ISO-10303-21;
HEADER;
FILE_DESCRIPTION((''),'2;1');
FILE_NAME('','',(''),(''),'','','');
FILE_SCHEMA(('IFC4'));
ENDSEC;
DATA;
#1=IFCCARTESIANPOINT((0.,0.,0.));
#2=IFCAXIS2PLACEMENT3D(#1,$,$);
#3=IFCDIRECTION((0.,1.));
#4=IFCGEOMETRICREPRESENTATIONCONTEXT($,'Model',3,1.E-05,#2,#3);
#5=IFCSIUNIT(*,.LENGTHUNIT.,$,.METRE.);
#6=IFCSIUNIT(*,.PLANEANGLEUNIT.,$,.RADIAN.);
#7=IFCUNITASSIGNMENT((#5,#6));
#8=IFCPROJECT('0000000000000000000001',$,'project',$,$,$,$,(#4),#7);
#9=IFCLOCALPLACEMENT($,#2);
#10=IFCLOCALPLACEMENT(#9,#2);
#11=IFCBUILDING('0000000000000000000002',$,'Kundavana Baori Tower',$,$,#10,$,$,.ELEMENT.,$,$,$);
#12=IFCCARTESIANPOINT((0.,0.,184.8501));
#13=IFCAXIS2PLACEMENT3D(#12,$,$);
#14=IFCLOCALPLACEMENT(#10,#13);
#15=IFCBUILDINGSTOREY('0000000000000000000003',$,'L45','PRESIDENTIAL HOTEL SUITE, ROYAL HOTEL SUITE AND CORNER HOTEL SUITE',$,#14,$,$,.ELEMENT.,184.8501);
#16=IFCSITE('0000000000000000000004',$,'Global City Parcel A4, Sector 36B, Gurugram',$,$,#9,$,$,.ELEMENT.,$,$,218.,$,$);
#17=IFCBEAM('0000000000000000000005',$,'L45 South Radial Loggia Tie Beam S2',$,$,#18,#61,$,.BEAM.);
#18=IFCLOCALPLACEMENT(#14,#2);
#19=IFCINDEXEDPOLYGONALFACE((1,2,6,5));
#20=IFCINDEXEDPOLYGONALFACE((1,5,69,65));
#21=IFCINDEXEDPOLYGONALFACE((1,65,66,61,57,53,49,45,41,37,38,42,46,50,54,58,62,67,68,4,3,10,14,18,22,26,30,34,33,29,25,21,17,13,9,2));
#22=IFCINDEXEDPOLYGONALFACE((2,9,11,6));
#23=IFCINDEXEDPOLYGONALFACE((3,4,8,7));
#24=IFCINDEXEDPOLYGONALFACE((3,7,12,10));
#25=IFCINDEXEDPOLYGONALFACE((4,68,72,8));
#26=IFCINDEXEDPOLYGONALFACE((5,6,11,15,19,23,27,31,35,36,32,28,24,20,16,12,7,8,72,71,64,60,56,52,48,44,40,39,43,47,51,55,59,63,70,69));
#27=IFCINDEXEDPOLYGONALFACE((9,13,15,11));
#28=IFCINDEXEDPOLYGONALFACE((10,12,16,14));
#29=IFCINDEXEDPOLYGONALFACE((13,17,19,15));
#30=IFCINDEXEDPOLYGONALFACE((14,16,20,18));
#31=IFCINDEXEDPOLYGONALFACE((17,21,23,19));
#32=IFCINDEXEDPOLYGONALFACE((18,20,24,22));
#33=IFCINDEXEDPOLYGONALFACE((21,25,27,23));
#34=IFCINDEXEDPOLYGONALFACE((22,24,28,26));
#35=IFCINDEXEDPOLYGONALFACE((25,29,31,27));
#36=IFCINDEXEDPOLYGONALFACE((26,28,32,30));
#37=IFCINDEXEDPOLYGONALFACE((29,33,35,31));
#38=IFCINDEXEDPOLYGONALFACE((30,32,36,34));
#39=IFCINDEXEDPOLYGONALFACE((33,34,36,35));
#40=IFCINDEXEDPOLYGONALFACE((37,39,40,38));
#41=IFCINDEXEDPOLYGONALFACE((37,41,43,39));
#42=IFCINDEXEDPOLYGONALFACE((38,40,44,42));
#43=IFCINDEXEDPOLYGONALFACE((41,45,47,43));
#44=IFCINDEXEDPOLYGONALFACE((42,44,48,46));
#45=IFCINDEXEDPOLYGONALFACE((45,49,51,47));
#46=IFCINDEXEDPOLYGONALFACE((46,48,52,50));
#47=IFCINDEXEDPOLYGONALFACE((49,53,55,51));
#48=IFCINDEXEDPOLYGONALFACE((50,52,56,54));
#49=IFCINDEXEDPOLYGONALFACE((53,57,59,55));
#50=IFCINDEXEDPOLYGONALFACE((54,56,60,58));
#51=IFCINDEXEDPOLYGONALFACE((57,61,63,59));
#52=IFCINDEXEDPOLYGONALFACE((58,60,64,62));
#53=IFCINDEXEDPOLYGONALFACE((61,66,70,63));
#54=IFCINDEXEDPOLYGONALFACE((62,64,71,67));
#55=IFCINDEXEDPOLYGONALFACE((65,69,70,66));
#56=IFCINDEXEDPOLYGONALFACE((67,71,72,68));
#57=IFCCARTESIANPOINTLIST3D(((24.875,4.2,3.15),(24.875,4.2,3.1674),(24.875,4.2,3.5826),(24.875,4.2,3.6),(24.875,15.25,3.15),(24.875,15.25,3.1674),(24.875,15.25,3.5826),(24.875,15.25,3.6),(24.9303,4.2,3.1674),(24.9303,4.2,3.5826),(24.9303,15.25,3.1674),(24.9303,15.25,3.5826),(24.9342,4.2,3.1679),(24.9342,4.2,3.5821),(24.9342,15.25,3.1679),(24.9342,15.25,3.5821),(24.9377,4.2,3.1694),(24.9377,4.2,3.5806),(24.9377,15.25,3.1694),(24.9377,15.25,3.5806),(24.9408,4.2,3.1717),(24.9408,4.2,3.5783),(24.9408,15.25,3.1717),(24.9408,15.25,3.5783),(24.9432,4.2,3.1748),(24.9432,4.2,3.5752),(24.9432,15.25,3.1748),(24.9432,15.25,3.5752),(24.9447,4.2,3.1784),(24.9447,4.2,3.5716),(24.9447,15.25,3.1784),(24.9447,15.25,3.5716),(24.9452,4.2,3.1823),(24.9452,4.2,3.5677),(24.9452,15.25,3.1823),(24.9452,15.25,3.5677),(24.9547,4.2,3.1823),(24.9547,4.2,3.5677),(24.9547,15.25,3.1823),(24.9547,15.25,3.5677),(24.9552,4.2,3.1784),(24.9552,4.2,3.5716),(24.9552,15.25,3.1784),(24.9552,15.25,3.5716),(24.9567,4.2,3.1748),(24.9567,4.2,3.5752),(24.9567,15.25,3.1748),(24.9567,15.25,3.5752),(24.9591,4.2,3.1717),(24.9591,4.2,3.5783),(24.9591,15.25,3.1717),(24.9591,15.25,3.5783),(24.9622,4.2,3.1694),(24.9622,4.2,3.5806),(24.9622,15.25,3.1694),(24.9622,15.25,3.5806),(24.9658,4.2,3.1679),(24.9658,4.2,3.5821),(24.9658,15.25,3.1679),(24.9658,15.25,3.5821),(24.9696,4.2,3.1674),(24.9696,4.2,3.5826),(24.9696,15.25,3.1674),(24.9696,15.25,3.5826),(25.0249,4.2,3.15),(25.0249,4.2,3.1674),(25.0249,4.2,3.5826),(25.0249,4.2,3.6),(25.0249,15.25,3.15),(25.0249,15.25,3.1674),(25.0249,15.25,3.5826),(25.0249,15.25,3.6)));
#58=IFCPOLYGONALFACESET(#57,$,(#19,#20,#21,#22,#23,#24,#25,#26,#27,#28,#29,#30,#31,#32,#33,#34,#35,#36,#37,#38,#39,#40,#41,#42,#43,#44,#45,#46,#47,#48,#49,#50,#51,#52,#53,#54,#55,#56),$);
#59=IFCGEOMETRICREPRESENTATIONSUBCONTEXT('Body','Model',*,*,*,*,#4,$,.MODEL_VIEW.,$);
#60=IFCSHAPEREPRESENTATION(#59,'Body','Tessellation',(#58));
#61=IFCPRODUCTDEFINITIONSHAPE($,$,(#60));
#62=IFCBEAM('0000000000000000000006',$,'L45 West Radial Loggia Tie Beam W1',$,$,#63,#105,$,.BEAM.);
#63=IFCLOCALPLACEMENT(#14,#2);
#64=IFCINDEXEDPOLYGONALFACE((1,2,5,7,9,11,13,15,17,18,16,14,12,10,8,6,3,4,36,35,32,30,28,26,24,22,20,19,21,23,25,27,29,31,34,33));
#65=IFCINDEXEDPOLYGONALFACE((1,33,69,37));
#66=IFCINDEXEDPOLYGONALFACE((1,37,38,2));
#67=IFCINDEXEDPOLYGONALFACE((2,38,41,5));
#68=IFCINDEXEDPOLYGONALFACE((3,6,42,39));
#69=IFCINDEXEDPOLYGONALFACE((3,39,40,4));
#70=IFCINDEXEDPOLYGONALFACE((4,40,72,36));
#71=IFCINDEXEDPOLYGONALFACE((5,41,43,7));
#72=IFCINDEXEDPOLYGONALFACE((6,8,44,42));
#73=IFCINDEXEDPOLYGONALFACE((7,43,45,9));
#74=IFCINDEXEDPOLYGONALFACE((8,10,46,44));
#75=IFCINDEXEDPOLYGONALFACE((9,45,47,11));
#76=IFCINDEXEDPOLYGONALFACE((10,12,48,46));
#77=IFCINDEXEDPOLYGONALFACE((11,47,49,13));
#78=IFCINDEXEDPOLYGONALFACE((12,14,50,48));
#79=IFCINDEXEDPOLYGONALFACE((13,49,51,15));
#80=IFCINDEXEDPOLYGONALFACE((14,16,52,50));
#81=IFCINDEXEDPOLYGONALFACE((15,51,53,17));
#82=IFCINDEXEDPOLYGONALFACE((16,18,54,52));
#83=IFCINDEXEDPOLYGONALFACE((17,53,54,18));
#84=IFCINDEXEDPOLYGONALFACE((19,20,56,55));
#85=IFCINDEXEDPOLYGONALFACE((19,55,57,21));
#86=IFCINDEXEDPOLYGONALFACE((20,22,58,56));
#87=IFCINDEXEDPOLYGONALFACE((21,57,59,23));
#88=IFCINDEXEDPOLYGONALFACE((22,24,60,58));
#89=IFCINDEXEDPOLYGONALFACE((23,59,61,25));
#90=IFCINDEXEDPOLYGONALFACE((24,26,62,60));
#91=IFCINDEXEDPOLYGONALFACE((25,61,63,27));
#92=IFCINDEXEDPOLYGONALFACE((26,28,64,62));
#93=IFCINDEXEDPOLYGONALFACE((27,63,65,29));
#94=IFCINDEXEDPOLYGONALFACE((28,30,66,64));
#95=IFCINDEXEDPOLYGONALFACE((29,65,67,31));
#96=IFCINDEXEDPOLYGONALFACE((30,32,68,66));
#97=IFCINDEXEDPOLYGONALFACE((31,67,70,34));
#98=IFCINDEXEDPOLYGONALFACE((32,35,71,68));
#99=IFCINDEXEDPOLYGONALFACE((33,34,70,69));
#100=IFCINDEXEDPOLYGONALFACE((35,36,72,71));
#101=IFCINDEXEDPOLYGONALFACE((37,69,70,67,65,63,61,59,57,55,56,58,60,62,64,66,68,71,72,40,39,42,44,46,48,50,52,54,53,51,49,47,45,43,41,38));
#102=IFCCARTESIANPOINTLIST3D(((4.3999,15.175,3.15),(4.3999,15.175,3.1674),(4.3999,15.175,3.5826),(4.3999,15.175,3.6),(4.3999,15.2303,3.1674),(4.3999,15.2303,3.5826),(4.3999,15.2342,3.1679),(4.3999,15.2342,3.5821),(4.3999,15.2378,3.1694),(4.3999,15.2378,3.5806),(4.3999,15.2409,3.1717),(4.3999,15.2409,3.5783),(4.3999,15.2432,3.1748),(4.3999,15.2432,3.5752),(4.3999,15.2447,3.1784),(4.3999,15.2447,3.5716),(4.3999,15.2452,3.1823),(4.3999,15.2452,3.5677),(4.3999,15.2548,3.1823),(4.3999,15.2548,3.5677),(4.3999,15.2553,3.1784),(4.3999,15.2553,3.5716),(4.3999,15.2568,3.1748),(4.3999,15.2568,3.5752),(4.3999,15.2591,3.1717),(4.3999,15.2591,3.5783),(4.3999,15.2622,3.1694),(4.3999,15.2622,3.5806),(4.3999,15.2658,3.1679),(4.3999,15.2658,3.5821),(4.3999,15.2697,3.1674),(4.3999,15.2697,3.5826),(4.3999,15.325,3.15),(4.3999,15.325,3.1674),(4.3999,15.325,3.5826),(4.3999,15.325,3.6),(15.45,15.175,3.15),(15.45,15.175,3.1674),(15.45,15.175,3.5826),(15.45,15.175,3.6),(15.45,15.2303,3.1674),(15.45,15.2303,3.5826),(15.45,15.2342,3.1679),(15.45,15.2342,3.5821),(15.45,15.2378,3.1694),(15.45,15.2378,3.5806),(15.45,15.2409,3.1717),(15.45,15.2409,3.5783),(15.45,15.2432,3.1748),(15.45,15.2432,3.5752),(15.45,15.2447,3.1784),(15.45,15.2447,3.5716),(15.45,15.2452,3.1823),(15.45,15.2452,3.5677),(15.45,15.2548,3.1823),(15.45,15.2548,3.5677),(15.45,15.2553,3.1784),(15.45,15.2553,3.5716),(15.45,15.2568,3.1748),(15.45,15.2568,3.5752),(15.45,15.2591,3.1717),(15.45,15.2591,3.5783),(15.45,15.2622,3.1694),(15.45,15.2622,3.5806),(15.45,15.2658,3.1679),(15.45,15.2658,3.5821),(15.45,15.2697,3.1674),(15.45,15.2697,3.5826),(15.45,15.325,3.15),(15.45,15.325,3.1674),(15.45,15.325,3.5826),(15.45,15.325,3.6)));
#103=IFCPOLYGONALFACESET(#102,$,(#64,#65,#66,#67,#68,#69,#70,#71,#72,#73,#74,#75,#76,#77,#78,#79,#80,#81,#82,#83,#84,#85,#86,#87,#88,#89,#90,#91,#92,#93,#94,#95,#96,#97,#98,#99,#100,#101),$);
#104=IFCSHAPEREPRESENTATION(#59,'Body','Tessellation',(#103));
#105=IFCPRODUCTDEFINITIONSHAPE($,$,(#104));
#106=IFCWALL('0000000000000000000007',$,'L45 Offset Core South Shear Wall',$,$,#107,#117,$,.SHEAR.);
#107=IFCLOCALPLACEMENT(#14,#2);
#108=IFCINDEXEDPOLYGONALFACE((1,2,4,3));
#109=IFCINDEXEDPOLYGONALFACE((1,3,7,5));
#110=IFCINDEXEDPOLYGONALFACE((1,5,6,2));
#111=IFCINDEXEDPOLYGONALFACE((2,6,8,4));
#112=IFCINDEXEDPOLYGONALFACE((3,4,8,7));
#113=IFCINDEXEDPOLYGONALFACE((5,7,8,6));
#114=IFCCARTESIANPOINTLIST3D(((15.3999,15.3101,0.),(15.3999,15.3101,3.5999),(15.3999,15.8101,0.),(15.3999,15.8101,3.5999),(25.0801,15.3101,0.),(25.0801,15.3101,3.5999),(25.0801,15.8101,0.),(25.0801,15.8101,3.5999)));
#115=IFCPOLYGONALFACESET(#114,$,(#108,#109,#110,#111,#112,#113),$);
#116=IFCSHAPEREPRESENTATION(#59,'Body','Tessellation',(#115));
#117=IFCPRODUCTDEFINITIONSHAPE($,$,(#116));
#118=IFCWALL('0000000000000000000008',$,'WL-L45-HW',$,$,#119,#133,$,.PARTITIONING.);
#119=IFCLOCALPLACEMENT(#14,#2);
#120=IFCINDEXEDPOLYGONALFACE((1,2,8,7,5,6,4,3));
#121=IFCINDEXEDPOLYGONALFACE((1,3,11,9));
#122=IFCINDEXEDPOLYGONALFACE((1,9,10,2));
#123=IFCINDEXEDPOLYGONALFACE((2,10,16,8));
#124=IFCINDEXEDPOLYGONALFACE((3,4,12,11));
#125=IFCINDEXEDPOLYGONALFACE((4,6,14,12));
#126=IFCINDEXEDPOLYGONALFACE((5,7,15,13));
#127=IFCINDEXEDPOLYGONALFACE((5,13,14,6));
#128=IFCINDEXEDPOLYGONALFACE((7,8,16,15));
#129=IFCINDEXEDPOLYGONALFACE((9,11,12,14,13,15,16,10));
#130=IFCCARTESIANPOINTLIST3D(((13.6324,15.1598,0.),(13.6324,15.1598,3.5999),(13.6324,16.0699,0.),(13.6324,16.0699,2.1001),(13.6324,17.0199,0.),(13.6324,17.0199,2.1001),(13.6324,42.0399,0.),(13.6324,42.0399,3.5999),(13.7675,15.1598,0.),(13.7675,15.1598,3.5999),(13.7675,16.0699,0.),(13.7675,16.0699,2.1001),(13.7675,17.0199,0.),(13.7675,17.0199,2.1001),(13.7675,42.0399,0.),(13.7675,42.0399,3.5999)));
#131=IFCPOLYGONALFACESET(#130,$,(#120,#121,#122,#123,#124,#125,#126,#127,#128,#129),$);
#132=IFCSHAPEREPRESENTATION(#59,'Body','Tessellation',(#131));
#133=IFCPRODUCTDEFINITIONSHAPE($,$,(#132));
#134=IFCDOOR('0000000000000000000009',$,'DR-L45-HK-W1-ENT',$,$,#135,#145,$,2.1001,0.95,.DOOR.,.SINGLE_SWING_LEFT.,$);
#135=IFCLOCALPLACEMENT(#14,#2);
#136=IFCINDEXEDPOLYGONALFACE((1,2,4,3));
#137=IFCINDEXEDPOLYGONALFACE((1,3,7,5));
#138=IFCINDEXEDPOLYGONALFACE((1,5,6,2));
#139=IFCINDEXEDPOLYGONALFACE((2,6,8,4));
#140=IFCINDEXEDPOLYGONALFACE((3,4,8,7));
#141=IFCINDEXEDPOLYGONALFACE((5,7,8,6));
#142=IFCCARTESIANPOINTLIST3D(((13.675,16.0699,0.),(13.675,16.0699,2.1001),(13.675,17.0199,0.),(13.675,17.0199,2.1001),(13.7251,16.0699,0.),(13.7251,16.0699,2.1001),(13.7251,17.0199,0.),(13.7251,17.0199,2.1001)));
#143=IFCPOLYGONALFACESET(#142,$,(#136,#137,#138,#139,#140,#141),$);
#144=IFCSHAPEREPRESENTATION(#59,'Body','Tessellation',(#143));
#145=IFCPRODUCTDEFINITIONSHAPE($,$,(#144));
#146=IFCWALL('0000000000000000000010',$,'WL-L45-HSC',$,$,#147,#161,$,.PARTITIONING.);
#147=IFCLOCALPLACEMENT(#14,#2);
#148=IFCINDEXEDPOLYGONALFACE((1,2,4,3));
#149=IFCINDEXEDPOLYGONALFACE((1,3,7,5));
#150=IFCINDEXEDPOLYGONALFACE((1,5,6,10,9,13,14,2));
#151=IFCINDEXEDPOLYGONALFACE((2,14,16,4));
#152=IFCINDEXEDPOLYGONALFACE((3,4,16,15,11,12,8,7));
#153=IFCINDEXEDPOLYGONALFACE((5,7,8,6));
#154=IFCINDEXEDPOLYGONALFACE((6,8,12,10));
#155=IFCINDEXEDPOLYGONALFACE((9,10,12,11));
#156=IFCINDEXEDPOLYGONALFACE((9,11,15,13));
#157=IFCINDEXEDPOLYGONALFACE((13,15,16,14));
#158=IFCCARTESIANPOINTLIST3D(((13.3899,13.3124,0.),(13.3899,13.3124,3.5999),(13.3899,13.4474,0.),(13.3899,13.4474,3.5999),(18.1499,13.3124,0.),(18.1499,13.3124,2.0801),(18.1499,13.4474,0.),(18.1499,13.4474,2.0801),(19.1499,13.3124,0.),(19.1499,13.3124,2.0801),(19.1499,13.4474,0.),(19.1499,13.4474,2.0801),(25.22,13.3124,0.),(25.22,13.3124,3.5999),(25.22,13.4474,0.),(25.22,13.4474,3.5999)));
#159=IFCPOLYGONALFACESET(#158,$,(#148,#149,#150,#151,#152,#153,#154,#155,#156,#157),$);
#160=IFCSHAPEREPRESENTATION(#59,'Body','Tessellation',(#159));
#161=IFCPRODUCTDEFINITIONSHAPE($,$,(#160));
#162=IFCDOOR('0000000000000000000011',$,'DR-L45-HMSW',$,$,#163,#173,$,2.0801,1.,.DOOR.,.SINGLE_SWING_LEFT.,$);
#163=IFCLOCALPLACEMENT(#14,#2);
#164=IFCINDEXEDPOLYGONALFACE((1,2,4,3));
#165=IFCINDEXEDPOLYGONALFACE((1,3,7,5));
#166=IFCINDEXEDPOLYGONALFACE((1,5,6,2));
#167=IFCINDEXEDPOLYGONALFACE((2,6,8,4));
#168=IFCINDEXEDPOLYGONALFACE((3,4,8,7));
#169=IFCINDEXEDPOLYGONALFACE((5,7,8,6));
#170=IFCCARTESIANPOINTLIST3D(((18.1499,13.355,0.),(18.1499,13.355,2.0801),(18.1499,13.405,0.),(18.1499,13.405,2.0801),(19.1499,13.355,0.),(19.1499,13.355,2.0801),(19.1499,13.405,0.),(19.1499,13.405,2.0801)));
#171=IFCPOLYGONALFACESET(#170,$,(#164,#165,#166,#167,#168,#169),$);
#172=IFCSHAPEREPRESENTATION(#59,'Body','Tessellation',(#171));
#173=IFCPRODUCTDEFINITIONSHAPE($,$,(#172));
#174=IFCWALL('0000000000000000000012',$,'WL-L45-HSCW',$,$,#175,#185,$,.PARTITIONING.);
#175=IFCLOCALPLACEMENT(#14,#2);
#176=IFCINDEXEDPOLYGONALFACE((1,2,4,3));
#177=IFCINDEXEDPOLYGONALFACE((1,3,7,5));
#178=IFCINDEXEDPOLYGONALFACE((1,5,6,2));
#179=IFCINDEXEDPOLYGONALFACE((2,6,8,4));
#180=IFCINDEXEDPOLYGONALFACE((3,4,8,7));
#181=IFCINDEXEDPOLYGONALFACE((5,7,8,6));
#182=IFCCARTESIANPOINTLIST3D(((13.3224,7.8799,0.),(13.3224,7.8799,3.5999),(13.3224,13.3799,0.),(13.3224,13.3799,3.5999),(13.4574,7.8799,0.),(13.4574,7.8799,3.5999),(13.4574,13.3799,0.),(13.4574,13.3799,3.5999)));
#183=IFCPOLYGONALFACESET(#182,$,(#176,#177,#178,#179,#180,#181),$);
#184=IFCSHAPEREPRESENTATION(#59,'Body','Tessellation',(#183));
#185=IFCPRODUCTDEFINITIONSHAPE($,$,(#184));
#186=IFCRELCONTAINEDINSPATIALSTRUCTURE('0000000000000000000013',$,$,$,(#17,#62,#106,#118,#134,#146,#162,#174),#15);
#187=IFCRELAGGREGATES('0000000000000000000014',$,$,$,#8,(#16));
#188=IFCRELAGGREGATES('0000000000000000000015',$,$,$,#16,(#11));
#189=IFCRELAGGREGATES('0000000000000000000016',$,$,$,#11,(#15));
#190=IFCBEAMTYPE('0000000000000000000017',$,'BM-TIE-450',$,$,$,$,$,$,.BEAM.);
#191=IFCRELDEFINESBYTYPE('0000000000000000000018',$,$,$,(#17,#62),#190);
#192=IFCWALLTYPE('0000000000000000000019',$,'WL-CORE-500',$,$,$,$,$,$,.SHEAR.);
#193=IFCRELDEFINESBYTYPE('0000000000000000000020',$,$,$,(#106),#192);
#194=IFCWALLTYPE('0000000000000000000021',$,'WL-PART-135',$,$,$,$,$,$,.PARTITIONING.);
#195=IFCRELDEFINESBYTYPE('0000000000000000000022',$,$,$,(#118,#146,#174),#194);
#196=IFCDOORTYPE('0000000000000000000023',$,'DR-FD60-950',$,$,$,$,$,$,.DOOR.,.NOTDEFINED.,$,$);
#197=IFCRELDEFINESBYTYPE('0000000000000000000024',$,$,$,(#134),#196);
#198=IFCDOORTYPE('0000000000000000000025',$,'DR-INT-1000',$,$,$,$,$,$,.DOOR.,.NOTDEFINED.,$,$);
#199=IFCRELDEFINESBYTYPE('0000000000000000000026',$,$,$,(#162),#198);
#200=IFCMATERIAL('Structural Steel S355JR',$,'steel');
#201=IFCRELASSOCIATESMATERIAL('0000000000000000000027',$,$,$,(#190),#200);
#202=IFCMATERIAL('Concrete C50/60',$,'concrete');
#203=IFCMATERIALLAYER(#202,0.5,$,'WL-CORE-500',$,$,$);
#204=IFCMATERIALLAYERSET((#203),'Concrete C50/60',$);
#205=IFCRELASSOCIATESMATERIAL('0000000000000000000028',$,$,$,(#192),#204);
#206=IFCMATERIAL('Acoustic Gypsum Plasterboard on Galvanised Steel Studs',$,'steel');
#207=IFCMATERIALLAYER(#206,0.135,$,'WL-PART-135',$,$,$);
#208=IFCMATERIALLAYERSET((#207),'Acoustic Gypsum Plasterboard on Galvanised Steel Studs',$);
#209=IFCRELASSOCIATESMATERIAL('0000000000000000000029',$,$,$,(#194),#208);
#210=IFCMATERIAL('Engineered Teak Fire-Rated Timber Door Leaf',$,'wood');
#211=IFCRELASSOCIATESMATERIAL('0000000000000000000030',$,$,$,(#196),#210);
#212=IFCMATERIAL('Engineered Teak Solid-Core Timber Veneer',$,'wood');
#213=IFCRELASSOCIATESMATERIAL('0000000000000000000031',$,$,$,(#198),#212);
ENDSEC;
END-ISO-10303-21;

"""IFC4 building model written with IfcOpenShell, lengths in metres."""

from ifc_helpers import new_model, si_unit, direction, frame, frame_2d, origin, origin_2d, place, context, subcontext, project, spatial, rectangle, i_section, extrude, material, layer, layer_set, material_profile, profile_set, type_object, element, fill, save


model = new_model("IFC4")

# Units and contexts
model_context = context("Model", 3, precision=1e-05, world=origin(), true_north=direction((0.0, 1.0)))
body_context = subcontext(model_context, "Body", "Model", "MODEL_VIEW")
ifc_project = project(units=[si_unit("LENGTHUNIT", "METRE"), si_unit("PLANEANGLEUNIT", "RADIAN")], contexts=[model_context])

# Site, building, storey
site_placement = place(None, origin())
site = spatial("IfcSite", under=ifc_project, at=site_placement, Name="Global City Parcel A4, Sector 36B, Gurugram", CompositionType="ELEMENT", RefElevation=218.0)
building_placement = place(site_placement, origin())
building = spatial("IfcBuilding", under=site, at=building_placement, Name="Kundavana Baori Tower", CompositionType="ELEMENT")
storey_placement = place(building_placement, frame((0.0, 0.0, 184.8501)))
storey = spatial("IfcBuildingStorey", under=building, at=storey_placement, Name="L45", Description="PRESIDENTIAL HOTEL SUITE, ROYAL HOTEL SUITE AND CORNER HOTEL SUITE", CompositionType="ELEMENT", Elevation=184.8501)

# Beams
ifc_material_1 = material(Name="Structural Steel S355JR", Category="steel")
ifc_material_profile_1 = material_profile(ifc_material_1, i_section(OverallWidth=0.1499, OverallDepth=0.45, WebThickness=0.0095, FlangeThickness=0.0173, FilletRadius=0.0149, at=origin_2d()), Name="ISMB 450")
ifc_profile_set_1 = profile_set([ifc_material_profile_1], Name="Structural Steel S355JR")
beam_type_1 = type_object("IfcBeamType", Name="BM-TIE-450", PredefinedType="BEAM", material=ifc_profile_set_1)
for number, where, z_axis, x_axis, name in (
    (1, (24.95, 15.25, 3.375), (0.0, -1.0, 0.0), (1.0, 0.0, 0.0), "L45 South Radial Loggia Tie Beam S2"),
    (2, (15.45, 15.25, 3.375), (-1.0, 0.0, 0.0), (0.0, -1.0, 0.0), "L45 West Radial Loggia Tie Beam W1"),
):
    element("IfcBeam", number, at=place(storey_placement, frame(where, z_axis=z_axis, x_axis=x_axis)), inside=storey, type_object=beam_type_1, Name=name, PredefinedType="BEAM", context=body_context, shape_type="SweptSolid", body=[
        extrude(i_section(OverallWidth=0.1499, OverallDepth=0.45, WebThickness=0.0095, FlangeThickness=0.0173, FilletRadius=0.0149, at=origin_2d()), origin(), (0.0, 0.0, 1.0), 11.05),
    ])

# Wall
ifc_material_2 = material(Name="Concrete C50/60", Category="concrete")
ifc_layer_1 = layer(ifc_material_2, 0.5, Name="WL-CORE-500")
ifc_layer_set_1 = layer_set([ifc_layer_1], Name="Concrete C50/60")
wall_type_1 = type_object("IfcWallType", Name="WL-CORE-500", PredefinedType="SHEAR", material=ifc_layer_set_1)
wall_1_placement = place(storey_placement, frame((15.3999, 15.5601, 0.0), z_axis=(0.0, 0.0, 1.0), x_axis=(1.0, 0.0, 0.0)))
element("IfcWall", 3, at=wall_1_placement, inside=storey, type_object=wall_type_1, Name="L45 Offset Core South Shear Wall", PredefinedType="SHEAR", context=body_context, shape_type="SweptSolid", body=[
    extrude(rectangle(XDim=9.6802, YDim=0.5, at=frame_2d((4.8401, 0.0))), origin(), (0.0, 0.0, 1.0), 3.5999),
])

# Walls, openings, doors
ifc_material_3 = material(Name="Acoustic Gypsum Plasterboard on Galvanised Steel Studs", Category="steel")
ifc_layer_2 = layer(ifc_material_3, 0.135, Name="WL-PART-135")
ifc_layer_set_2 = layer_set([ifc_layer_2], Name="Acoustic Gypsum Plasterboard on Galvanised Steel Studs")
wall_type_2 = type_object("IfcWallType", Name="WL-PART-135", PredefinedType="PARTITIONING", material=ifc_layer_set_2)
wall_2_placement = place(storey_placement, frame((13.7, 15.1599, 0.0), z_axis=(0.0, 0.0, 1.0), x_axis=(0.0, 1.0, 0.0)))
wall_2 = element("IfcWall", 4, at=wall_2_placement, inside=storey, type_object=wall_type_2, Name="WL-L45-HW", PredefinedType="PARTITIONING", context=body_context, shape_type="SweptSolid", body=[
    extrude(rectangle(XDim=26.8801, YDim=0.135, at=frame_2d((13.4399, 0.0))), origin(), (0.0, 0.0, 1.0), 3.5999),
])
opening_1_placement = place(wall_2_placement, frame((0.9099, 0.0, 0.0)))
opening_1 = element("IfcOpeningElement", 5, at=opening_1_placement, cuts=wall_2, PredefinedType="OPENING", context=body_context, shape_type="SweptSolid", body=[
    extrude(rectangle(XDim=0.95, YDim=2.1001, at=frame_2d((0.4751, 1.05))), frame((0.0, 0.0776, 0.0), z_axis=(0.0, -1.0, 0.0), x_axis=(1.0, 0.0, 0.0)), (0.0, 0.0, 1.0), 0.155),
])
ifc_material_4 = material(Name="Engineered Teak Fire-Rated Timber Door Leaf", Category="wood")
door_type_1 = type_object("IfcDoorType", Name="DR-FD60-950", OperationType="NOTDEFINED", PredefinedType="DOOR", material=ifc_material_4)
door_1_placement = place(opening_1_placement, origin())
door_1 = element("IfcDoor", 6, at=door_1_placement, inside=storey, type_object=door_type_1, Name="DR-L45-HK-W1-ENT", OperationType="SINGLE_SWING_LEFT", OverallHeight=2.1001, OverallWidth=0.95, PredefinedType="DOOR", context=body_context, shape_type="SweptSolid", body=[
    extrude(rectangle(XDim=0.95, YDim=2.1001, at=frame_2d((0.4751, 1.05))), frame((0.0, 0.0249, 0.0), z_axis=(0.0, -1.0, 0.0), x_axis=(1.0, 0.0, 0.0)), (0.0, 0.0, 1.0), 0.05),
])
fill(opening_1, door_1)
wall_3_placement = place(storey_placement, frame((13.3899, 13.3799, 0.0), z_axis=(0.0, 0.0, 1.0), x_axis=(1.0, 0.0, 0.0)))
wall_3 = element("IfcWall", 7, at=wall_3_placement, inside=storey, type_object=wall_type_2, Name="WL-L45-HSC", PredefinedType="PARTITIONING", context=body_context, shape_type="SweptSolid", body=[
    extrude(rectangle(XDim=11.8301, YDim=0.135, at=frame_2d((5.915, 0.0))), origin(), (0.0, 0.0, 1.0), 3.5999),
])
opening_2_placement = place(wall_3_placement, frame((4.76, 0.0, 0.0)))
opening_2 = element("IfcOpeningElement", 8, at=opening_2_placement, cuts=wall_3, PredefinedType="OPENING", context=body_context, shape_type="SweptSolid", body=[
    extrude(rectangle(XDim=1.0, YDim=2.0801, at=frame_2d((0.5, 1.04))), frame((0.0, 0.0776, 0.0), z_axis=(0.0, -1.0, 0.0), x_axis=(1.0, 0.0, 0.0)), (0.0, 0.0, 1.0), 0.155),
])
ifc_material_5 = material(Name="Engineered Teak Solid-Core Timber Veneer", Category="wood")
door_type_2 = type_object("IfcDoorType", Name="DR-INT-1000", OperationType="NOTDEFINED", PredefinedType="DOOR", material=ifc_material_5)
door_2_placement = place(opening_2_placement, frame((1.0, 0.0, 0.0), z_axis=(0.0, 0.0, 1.0), x_axis=(-1.0, 0.0, 0.0)))
door_2 = element("IfcDoor", 9, at=door_2_placement, inside=storey, type_object=door_type_2, Name="DR-L45-HMSW", OperationType="SINGLE_SWING_LEFT", OverallHeight=2.0801, OverallWidth=1.0, PredefinedType="DOOR", context=body_context, shape_type="SweptSolid", body=[
    extrude(rectangle(XDim=1.0, YDim=2.0801, at=frame_2d((0.5, 1.04))), frame((0.0, 0.0249, 0.0), z_axis=(0.0, -1.0, 0.0), x_axis=(1.0, 0.0, 0.0)), (0.0, 0.0, 1.0), 0.05),
])
fill(opening_2, door_2)

# Wall
wall_4_placement = place(storey_placement, frame((13.3899, 7.8799, 0.0), z_axis=(0.0, 0.0, 1.0), x_axis=(0.0, 1.0, 0.0)))
element("IfcWall", 10, at=wall_4_placement, inside=storey, type_object=wall_type_2, Name="WL-L45-HSCW", PredefinedType="PARTITIONING", context=body_context, shape_type="SweptSolid", body=[
    extrude(rectangle(XDim=5.5, YDim=0.135, at=frame_2d((2.75, 0.0))), origin(), (0.0, 0.0, 1.0), 3.5999),
])

save(model, "model.ifc")
